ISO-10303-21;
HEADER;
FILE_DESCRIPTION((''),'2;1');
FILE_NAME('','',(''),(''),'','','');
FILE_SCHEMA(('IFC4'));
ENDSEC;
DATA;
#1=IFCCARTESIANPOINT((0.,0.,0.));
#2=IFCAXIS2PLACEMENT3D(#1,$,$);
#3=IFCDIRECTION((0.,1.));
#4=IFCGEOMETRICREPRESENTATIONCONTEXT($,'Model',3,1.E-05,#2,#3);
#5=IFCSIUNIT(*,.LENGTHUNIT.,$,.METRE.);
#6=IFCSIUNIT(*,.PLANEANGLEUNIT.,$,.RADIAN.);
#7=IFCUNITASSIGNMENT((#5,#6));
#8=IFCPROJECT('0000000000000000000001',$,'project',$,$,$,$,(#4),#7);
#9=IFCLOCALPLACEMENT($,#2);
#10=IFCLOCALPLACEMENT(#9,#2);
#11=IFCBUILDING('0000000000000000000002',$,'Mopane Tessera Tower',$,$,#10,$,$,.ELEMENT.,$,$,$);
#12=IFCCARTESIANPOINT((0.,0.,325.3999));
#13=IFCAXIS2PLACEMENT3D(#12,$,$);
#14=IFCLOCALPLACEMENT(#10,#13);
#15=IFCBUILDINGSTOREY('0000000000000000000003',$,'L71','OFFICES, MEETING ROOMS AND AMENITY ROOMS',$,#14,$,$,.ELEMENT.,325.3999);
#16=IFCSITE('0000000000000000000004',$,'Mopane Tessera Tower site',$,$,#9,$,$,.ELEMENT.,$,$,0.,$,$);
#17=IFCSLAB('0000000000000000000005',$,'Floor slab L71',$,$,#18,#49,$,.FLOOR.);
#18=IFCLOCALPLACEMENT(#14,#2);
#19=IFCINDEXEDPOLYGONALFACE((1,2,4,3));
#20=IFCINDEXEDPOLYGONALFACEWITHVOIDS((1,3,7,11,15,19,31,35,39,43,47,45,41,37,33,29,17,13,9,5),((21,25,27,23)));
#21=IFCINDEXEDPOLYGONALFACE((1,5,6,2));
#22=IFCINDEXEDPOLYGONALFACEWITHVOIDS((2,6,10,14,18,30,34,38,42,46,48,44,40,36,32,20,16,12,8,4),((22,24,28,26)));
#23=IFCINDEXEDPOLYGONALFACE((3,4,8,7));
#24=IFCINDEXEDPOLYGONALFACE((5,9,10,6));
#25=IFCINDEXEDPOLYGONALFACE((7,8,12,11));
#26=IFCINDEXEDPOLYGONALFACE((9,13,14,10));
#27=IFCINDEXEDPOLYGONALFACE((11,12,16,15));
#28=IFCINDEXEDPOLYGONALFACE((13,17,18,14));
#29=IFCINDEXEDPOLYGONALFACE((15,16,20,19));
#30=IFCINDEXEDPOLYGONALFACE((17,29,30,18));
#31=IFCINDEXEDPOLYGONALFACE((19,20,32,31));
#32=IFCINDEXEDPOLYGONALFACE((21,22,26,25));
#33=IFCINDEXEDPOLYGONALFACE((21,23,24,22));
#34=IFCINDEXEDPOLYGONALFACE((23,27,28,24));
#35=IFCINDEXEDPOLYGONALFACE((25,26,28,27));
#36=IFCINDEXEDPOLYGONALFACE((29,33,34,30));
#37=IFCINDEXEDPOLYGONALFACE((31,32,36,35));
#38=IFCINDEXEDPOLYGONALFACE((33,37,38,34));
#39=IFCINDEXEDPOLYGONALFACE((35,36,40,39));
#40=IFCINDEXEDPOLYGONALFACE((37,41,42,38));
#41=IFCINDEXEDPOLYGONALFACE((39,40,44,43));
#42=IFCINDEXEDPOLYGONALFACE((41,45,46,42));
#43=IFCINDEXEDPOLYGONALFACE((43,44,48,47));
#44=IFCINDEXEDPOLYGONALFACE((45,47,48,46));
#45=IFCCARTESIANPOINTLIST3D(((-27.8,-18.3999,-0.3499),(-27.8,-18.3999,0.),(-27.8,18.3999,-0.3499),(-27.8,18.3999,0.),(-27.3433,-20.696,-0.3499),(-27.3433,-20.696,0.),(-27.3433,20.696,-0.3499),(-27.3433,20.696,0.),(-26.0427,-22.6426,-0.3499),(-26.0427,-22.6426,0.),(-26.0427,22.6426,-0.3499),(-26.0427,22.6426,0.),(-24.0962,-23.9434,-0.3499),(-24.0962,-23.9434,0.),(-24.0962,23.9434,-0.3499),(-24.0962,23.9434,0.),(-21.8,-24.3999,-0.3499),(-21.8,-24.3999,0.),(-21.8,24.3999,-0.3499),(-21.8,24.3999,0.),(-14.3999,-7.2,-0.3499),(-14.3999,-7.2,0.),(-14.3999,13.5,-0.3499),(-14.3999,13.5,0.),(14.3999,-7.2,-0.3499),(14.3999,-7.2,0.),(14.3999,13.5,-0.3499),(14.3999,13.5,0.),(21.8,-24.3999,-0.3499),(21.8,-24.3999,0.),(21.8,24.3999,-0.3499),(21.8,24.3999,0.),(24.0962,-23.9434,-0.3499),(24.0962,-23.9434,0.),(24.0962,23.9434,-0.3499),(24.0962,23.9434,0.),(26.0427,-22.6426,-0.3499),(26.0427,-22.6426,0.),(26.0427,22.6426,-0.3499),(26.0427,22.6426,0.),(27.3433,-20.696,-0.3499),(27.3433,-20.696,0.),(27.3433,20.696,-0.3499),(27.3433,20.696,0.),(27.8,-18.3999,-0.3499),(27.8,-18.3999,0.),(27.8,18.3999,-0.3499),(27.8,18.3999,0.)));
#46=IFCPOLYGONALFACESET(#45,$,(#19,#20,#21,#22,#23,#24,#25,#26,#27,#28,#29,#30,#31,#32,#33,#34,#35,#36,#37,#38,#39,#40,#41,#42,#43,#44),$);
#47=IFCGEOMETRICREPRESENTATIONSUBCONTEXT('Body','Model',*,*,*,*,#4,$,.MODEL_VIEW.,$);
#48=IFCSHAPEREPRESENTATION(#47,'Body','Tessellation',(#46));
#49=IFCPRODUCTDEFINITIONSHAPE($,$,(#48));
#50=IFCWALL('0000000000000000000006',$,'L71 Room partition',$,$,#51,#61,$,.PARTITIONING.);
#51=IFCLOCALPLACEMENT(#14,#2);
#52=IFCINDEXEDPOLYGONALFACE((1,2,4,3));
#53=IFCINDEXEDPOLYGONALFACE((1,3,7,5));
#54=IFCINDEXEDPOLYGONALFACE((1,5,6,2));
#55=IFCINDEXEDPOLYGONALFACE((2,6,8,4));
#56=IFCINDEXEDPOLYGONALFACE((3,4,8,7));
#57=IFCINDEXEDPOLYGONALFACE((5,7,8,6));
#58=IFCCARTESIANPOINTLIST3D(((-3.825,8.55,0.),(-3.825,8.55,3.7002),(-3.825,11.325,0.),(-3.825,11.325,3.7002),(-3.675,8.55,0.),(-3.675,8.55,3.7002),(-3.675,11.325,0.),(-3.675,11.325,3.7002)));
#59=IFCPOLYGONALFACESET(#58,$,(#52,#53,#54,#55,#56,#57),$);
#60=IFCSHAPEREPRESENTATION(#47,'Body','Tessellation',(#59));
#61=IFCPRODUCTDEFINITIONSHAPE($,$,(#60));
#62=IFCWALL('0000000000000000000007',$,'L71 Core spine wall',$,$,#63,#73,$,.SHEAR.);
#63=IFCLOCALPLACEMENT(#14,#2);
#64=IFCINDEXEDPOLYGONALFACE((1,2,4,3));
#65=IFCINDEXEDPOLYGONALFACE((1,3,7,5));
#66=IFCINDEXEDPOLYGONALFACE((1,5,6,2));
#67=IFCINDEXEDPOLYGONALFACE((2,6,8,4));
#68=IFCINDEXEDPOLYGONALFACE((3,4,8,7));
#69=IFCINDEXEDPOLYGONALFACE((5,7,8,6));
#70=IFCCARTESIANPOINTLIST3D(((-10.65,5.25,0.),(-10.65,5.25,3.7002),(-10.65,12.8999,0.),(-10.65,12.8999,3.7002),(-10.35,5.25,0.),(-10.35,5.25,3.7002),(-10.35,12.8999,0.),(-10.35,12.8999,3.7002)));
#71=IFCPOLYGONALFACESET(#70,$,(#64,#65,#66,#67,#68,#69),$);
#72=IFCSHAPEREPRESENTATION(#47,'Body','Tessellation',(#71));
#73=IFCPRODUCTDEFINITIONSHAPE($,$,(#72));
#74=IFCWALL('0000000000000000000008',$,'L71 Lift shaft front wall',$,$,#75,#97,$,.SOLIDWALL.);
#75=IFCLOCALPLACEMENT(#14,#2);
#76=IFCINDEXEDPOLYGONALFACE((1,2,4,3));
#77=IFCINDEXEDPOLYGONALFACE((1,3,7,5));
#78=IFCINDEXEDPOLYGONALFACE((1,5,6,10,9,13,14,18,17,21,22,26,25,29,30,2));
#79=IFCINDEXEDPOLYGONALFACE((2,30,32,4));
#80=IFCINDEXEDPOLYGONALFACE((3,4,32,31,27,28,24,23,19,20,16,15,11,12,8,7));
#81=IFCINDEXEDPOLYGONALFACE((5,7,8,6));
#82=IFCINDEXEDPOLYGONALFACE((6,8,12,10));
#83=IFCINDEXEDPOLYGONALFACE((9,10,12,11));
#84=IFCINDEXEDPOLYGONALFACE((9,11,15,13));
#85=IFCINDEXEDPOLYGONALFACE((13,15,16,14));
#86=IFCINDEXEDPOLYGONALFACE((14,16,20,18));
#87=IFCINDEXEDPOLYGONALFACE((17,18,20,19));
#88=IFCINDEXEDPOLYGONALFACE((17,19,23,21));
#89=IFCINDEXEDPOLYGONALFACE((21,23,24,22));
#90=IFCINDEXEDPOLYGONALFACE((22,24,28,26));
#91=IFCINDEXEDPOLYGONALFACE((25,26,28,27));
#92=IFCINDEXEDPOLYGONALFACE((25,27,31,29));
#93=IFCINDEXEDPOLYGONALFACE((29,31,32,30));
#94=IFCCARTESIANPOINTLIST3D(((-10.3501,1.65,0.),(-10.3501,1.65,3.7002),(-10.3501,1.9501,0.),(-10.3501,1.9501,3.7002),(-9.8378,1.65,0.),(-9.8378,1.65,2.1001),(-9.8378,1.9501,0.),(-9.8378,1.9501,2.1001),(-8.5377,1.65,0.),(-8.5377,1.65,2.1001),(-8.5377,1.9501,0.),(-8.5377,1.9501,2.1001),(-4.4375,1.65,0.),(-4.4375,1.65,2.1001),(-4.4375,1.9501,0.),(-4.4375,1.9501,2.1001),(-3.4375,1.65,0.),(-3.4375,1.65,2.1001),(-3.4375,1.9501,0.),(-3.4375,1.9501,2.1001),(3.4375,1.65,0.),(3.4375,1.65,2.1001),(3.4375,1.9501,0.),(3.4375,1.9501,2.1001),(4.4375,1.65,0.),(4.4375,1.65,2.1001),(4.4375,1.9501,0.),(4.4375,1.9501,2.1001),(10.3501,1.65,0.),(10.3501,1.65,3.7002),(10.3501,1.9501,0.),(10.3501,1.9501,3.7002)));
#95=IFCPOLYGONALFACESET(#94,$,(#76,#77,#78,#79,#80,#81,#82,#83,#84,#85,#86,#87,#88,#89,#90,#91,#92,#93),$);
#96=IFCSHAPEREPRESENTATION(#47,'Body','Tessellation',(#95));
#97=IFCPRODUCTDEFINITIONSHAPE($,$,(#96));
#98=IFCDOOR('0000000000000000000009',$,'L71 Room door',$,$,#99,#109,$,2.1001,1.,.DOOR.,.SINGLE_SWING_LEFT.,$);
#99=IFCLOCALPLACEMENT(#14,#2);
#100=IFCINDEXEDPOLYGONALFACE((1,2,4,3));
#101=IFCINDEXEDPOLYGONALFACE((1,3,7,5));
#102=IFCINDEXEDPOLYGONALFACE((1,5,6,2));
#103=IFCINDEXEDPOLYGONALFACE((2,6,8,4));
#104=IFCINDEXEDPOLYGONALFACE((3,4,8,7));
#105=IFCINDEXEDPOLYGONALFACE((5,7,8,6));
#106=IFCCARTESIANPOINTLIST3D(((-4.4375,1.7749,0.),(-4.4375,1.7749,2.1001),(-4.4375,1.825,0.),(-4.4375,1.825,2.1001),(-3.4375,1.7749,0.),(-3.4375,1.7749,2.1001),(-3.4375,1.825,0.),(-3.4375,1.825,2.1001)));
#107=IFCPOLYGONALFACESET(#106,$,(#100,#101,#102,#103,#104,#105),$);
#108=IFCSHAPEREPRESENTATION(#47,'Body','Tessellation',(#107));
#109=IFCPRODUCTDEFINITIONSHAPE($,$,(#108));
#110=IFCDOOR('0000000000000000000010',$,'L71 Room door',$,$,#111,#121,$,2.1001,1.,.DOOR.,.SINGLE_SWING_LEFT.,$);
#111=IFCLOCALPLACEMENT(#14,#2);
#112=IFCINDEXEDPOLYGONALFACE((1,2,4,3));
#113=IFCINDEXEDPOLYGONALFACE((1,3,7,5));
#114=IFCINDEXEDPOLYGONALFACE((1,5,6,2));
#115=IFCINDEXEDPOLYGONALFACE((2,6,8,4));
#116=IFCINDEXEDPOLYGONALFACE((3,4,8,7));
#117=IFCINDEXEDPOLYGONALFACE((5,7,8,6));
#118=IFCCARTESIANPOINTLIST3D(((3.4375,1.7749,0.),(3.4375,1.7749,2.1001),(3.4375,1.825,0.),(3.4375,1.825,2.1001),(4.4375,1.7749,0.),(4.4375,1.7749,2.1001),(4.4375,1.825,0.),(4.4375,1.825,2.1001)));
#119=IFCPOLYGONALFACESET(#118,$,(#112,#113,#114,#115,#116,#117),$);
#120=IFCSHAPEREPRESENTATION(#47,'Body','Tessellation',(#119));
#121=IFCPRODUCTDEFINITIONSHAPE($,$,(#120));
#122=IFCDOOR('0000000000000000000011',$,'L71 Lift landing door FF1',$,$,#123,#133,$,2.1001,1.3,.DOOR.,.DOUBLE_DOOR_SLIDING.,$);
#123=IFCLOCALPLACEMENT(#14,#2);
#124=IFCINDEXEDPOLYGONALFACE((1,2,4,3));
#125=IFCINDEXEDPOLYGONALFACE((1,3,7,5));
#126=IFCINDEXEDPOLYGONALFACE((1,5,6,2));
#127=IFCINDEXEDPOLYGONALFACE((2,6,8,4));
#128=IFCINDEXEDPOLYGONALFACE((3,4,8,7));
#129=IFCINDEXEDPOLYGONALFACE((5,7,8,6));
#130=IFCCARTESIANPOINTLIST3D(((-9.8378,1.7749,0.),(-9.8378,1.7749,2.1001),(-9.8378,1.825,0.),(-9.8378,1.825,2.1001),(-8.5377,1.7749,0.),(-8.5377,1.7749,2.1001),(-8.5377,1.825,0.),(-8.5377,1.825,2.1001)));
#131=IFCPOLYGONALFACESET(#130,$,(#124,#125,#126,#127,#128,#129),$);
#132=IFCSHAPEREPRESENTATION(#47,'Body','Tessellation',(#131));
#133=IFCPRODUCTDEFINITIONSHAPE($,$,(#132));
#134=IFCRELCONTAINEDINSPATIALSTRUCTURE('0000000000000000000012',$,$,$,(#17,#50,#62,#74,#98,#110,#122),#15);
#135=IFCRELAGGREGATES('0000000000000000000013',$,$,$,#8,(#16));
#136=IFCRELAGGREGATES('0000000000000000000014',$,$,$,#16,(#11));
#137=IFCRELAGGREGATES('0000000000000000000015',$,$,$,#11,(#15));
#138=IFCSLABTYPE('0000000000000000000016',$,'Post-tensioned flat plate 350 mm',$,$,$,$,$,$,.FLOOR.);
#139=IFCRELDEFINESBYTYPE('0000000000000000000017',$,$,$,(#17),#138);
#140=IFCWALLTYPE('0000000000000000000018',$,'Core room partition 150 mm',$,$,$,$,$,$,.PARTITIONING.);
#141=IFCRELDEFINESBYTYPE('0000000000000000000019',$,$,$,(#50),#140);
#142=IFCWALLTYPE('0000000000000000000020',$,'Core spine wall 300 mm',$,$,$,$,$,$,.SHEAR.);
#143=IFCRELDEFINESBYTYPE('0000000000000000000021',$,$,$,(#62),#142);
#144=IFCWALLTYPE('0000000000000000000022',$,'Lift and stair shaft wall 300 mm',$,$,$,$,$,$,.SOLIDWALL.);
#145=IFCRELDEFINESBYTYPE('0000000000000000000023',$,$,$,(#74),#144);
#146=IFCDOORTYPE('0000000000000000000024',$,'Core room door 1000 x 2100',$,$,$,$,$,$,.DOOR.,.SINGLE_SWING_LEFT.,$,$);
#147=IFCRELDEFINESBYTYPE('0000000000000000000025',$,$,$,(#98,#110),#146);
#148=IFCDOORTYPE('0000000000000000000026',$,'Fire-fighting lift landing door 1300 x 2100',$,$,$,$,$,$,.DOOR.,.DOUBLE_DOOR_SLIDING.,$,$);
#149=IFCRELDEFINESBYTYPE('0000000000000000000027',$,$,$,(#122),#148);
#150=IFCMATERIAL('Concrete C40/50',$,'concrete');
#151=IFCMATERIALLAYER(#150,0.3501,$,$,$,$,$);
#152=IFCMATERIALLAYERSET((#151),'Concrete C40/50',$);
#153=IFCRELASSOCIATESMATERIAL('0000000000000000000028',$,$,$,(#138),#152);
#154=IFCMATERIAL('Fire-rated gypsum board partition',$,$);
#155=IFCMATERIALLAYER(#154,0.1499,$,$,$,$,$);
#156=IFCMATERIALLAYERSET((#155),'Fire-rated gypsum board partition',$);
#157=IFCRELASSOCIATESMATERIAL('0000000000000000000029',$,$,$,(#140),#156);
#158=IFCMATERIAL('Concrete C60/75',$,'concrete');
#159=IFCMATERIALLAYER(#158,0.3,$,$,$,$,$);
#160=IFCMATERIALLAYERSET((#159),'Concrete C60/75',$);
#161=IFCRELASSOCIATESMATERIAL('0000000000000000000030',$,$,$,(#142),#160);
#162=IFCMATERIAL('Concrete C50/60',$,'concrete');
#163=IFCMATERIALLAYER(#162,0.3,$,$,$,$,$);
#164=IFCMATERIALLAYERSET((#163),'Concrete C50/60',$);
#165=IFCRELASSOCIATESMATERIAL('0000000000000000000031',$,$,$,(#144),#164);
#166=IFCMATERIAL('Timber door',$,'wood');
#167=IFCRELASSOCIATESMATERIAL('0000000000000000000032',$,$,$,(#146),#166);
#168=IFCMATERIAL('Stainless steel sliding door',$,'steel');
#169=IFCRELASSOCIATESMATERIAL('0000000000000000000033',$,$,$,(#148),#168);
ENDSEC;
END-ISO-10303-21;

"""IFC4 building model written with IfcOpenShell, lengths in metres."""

from ifc_helpers import new_model, si_unit, direction, frame, frame_2d, origin, place, context, subcontext, project, spatial, polyline, rectangle, outline, extrude, material, layer, layer_set, type_object, element, fill, save


model = new_model("IFC4")

# Units and contexts
model_context = context("Model", 3, precision=1e-05, world=origin(), true_north=direction((0.0, 1.0)))
body_context = subcontext(model_context, "Body", "Model", "MODEL_VIEW")
ifc_project = project(units=[si_unit("LENGTHUNIT", "METRE"), si_unit("PLANEANGLEUNIT", "RADIAN")], contexts=[model_context])

# Site, building, storey
site_placement = place(None, origin())
site = spatial("IfcSite", under=ifc_project, at=site_placement, Name="Mopane Tessera Tower site", CompositionType="ELEMENT", RefElevation=0.0)
building_placement = place(site_placement, origin())
building = spatial("IfcBuilding", under=site, at=building_placement, Name="Mopane Tessera Tower", CompositionType="ELEMENT")
storey_placement = place(building_placement, frame((0.0, 0.0, 325.3999)))
storey = spatial("IfcBuildingStorey", under=building, at=storey_placement, Name="L71", Description="OFFICES, MEETING ROOMS AND AMENITY ROOMS", CompositionType="ELEMENT", Elevation=325.3999)

# Slab
ifc_material_1 = material(Name="Concrete C40/50", Category="concrete")
ifc_layer_1 = layer(ifc_material_1, 0.3501)
ifc_layer_set_1 = layer_set([ifc_layer_1], Name="Concrete C40/50")
slab_type = type_object("IfcSlabType", Name="Post-tensioned flat plate 350 mm", PredefinedType="FLOOR", material=ifc_layer_set_1)
slab_placement = place(storey_placement, frame((0.0, 0.0, -0.3499)))
element("IfcSlab", 1, at=slab_placement, inside=storey, type_object=slab_type, Name="Floor slab L71", PredefinedType="FLOOR", context=body_context, shape_type="SweptSolid", body=[
    extrude(outline(polyline([(-21.8, -24.3999), (21.8, -24.3999), (24.0962, -23.9434), (26.0427, -22.6426), (27.3433, -20.696), (27.8, -18.3999), (27.8, 18.3999), (27.3433, 20.696), (26.0427, 22.6426), (24.0962, 23.9434), (21.8, 24.3999), (-21.8, 24.3999), (-24.0962, 23.9434), (-26.0427, 22.6426), (-27.3433, 20.696), (-27.8, 18.3999), (-27.8, -18.3999), (-27.3433, -20.696), (-26.0427, -22.6426), (-24.0962, -23.9434), (-21.8, -24.3999)]), holes=[polyline([(14.3999, -7.2), (-14.3999, -7.2), (-14.3999, 13.5), (14.3999, 13.5), (14.3999, -7.2)])]), origin(), (0.0, 0.0, 1.0), 0.3499),
])

# Walls
ifc_material_2 = material(Name="Fire-rated gypsum board partition")
ifc_layer_2 = layer(ifc_material_2, 0.1499)
ifc_layer_set_2 = layer_set([ifc_layer_2], Name="Fire-rated gypsum board partition")
wall_type_1 = type_object("IfcWallType", Name="Core room partition 150 mm", PredefinedType="PARTITIONING", material=ifc_layer_set_2)
wall_1_placement = place(storey_placement, frame((-3.75, 8.55, 0.0), z_axis=(0.0, 0.0, 1.0), x_axis=(0.0, 1.0, 0.0)))
element("IfcWall", 2, at=wall_1_placement, inside=storey, type_object=wall_type_1, Name="L71 Room partition", PredefinedType="PARTITIONING", context=body_context, shape_type="SweptSolid", body=[
    extrude(rectangle(XDim=2.7749, YDim=0.1499, at=frame_2d((1.3875, 0.0))), origin(), (0.0, 0.0, 1.0), 3.7002),
])
ifc_material_3 = material(Name="Concrete C60/75", Category="concrete")
ifc_layer_3 = layer(ifc_material_3, 0.3)
ifc_layer_set_3 = layer_set([ifc_layer_3], Name="Concrete C60/75")
wall_type_2 = type_object("IfcWallType", Name="Core spine wall 300 mm", PredefinedType="SHEAR", material=ifc_layer_set_3)
wall_2_placement = place(storey_placement, frame((-10.5, 5.25, 0.0), z_axis=(0.0, 0.0, 1.0), x_axis=(0.0, 1.0, 0.0)))
element("IfcWall", 3, at=wall_2_placement, inside=storey, type_object=wall_type_2, Name="L71 Core spine wall", PredefinedType="SHEAR", context=body_context, shape_type="SweptSolid", body=[
    extrude(rectangle(XDim=7.6499, YDim=0.3, at=frame_2d((3.825, 0.0))), origin(), (0.0, 0.0, 1.0), 3.7002),
])

# Wall, openings, doors
ifc_material_4 = material(Name="Concrete C50/60", Category="concrete")
ifc_layer_4 = layer(ifc_material_4, 0.3)
ifc_layer_set_4 = layer_set([ifc_layer_4], Name="Concrete C50/60")
wall_type_3 = type_object("IfcWallType", Name="Lift and stair shaft wall 300 mm", PredefinedType="SOLIDWALL", material=ifc_layer_set_4)
wall_3_placement = place(storey_placement, frame((-10.3501, 1.8, 0.0), z_axis=(0.0, 0.0, 1.0), x_axis=(1.0, 0.0, 0.0)))
wall_3 = element("IfcWall", 4, at=wall_3_placement, inside=storey, type_object=wall_type_3, Name="L71 Lift shaft front wall", PredefinedType="SOLIDWALL", context=body_context, shape_type="SweptSolid", body=[
    extrude(rectangle(XDim=20.7002, YDim=0.3, at=frame_2d((10.3501, 0.0))), origin(), (0.0, 0.0, 1.0), 3.7002),
])
opening_1_placement = place(wall_3_placement, frame((0.5125, 0.0, 0.0)))
opening_1 = element("IfcOpeningElement", 5, at=opening_1_placement, cuts=wall_3, PredefinedType="OPENING", context=body_context, shape_type="SweptSolid", body=[
    extrude(rectangle(XDim=1.3, YDim=2.1001, at=frame_2d((0.6499, 1.05))), frame((0.0, 0.1621, 0.0), z_axis=(0.0, -1.0, 0.0), x_axis=(1.0, 0.0, 0.0)), (0.0, 0.0, 1.0), 0.324),
])
opening_2_placement = place(wall_3_placement, frame((5.9126, 0.0, 0.0)))
opening_2 = element("IfcOpeningElement", 6, at=opening_2_placement, cuts=wall_3, PredefinedType="OPENING", context=body_context, shape_type="SweptSolid", body=[
    extrude(rectangle(XDim=1.0, YDim=2.1001, at=frame_2d((0.5, 1.05))), frame((0.0, 0.1621, 0.0), z_axis=(0.0, -1.0, 0.0), x_axis=(1.0, 0.0, 0.0)), (0.0, 0.0, 1.0), 0.324),
])
opening_3_placement = place(wall_3_placement, frame((13.7876, 0.0, 0.0)))
opening_3 = element("IfcOpeningElement", 7, at=opening_3_placement, cuts=wall_3, PredefinedType="OPENING", context=body_context, shape_type="SweptSolid", body=[
    extrude(rectangle(XDim=1.0, YDim=2.1001, at=frame_2d((0.5, 1.05))), frame((0.0, 0.1621, 0.0), z_axis=(0.0, -1.0, 0.0), x_axis=(1.0, 0.0, 0.0)), (0.0, 0.0, 1.0), 0.324),
])
ifc_material_5 = material(Name="Timber door", Category="wood")
door_type_1 = type_object("IfcDoorType", Name="Core room door 1000 x 2100", OperationType="SINGLE_SWING_LEFT", PredefinedType="DOOR", material=ifc_material_5)
door_1_placement = place(opening_2_placement, origin())
door_1 = element("IfcDoor", 8, at=door_1_placement, inside=storey, type_object=door_type_1, Name="L71 Room door", OperationType="SINGLE_SWING_LEFT", OverallHeight=2.1001, OverallWidth=1.0, PredefinedType="DOOR", context=body_context, shape_type="SweptSolid", body=[
    extrude(rectangle(XDim=1.0, YDim=2.1001, at=frame_2d((0.5, 1.05))), frame((0.0, 0.0249, 0.0), z_axis=(0.0, -1.0, 0.0), x_axis=(1.0, 0.0, 0.0)), (0.0, 0.0, 1.0), 0.05),
])
fill(opening_2, door_1)
door_2_placement = place(opening_3_placement, origin())
door_2 = element("IfcDoor", 9, at=door_2_placement, inside=storey, type_object=door_type_1, Name="L71 Room door", OperationType="SINGLE_SWING_LEFT", OverallHeight=2.1001, OverallWidth=1.0, PredefinedType="DOOR", context=body_context, shape_type="SweptSolid", body=[
    extrude(rectangle(XDim=1.0, YDim=2.1001, at=frame_2d((0.5, 1.05))), frame((0.0, 0.0249, 0.0), z_axis=(0.0, -1.0, 0.0), x_axis=(1.0, 0.0, 0.0)), (0.0, 0.0, 1.0), 0.05),
])
fill(opening_3, door_2)
ifc_material_6 = material(Name="Stainless steel sliding door", Category="steel")
door_type_2 = type_object("IfcDoorType", Name="Fire-fighting lift landing door 1300 x 2100", OperationType="DOUBLE_DOOR_SLIDING", PredefinedType="DOOR", material=ifc_material_6)
door_3_placement = place(opening_1_placement, origin())
door_3 = element("IfcDoor", 10, at=door_3_placement, inside=storey, type_object=door_type_2, Name="L71 Lift landing door FF1", OperationType="DOUBLE_DOOR_SLIDING", OverallHeight=2.1001, OverallWidth=1.3, PredefinedType="DOOR", context=body_context, shape_type="SweptSolid", body=[
    extrude(rectangle(XDim=1.3, YDim=2.1001, at=frame_2d((0.6499, 1.05))), frame((0.0, 0.0249, 0.0), z_axis=(0.0, -1.0, 0.0), x_axis=(1.0, 0.0, 0.0)), (0.0, 0.0, 1.0), 0.05),
])
fill(opening_1, door_3)

save(model, "model.ifc")
